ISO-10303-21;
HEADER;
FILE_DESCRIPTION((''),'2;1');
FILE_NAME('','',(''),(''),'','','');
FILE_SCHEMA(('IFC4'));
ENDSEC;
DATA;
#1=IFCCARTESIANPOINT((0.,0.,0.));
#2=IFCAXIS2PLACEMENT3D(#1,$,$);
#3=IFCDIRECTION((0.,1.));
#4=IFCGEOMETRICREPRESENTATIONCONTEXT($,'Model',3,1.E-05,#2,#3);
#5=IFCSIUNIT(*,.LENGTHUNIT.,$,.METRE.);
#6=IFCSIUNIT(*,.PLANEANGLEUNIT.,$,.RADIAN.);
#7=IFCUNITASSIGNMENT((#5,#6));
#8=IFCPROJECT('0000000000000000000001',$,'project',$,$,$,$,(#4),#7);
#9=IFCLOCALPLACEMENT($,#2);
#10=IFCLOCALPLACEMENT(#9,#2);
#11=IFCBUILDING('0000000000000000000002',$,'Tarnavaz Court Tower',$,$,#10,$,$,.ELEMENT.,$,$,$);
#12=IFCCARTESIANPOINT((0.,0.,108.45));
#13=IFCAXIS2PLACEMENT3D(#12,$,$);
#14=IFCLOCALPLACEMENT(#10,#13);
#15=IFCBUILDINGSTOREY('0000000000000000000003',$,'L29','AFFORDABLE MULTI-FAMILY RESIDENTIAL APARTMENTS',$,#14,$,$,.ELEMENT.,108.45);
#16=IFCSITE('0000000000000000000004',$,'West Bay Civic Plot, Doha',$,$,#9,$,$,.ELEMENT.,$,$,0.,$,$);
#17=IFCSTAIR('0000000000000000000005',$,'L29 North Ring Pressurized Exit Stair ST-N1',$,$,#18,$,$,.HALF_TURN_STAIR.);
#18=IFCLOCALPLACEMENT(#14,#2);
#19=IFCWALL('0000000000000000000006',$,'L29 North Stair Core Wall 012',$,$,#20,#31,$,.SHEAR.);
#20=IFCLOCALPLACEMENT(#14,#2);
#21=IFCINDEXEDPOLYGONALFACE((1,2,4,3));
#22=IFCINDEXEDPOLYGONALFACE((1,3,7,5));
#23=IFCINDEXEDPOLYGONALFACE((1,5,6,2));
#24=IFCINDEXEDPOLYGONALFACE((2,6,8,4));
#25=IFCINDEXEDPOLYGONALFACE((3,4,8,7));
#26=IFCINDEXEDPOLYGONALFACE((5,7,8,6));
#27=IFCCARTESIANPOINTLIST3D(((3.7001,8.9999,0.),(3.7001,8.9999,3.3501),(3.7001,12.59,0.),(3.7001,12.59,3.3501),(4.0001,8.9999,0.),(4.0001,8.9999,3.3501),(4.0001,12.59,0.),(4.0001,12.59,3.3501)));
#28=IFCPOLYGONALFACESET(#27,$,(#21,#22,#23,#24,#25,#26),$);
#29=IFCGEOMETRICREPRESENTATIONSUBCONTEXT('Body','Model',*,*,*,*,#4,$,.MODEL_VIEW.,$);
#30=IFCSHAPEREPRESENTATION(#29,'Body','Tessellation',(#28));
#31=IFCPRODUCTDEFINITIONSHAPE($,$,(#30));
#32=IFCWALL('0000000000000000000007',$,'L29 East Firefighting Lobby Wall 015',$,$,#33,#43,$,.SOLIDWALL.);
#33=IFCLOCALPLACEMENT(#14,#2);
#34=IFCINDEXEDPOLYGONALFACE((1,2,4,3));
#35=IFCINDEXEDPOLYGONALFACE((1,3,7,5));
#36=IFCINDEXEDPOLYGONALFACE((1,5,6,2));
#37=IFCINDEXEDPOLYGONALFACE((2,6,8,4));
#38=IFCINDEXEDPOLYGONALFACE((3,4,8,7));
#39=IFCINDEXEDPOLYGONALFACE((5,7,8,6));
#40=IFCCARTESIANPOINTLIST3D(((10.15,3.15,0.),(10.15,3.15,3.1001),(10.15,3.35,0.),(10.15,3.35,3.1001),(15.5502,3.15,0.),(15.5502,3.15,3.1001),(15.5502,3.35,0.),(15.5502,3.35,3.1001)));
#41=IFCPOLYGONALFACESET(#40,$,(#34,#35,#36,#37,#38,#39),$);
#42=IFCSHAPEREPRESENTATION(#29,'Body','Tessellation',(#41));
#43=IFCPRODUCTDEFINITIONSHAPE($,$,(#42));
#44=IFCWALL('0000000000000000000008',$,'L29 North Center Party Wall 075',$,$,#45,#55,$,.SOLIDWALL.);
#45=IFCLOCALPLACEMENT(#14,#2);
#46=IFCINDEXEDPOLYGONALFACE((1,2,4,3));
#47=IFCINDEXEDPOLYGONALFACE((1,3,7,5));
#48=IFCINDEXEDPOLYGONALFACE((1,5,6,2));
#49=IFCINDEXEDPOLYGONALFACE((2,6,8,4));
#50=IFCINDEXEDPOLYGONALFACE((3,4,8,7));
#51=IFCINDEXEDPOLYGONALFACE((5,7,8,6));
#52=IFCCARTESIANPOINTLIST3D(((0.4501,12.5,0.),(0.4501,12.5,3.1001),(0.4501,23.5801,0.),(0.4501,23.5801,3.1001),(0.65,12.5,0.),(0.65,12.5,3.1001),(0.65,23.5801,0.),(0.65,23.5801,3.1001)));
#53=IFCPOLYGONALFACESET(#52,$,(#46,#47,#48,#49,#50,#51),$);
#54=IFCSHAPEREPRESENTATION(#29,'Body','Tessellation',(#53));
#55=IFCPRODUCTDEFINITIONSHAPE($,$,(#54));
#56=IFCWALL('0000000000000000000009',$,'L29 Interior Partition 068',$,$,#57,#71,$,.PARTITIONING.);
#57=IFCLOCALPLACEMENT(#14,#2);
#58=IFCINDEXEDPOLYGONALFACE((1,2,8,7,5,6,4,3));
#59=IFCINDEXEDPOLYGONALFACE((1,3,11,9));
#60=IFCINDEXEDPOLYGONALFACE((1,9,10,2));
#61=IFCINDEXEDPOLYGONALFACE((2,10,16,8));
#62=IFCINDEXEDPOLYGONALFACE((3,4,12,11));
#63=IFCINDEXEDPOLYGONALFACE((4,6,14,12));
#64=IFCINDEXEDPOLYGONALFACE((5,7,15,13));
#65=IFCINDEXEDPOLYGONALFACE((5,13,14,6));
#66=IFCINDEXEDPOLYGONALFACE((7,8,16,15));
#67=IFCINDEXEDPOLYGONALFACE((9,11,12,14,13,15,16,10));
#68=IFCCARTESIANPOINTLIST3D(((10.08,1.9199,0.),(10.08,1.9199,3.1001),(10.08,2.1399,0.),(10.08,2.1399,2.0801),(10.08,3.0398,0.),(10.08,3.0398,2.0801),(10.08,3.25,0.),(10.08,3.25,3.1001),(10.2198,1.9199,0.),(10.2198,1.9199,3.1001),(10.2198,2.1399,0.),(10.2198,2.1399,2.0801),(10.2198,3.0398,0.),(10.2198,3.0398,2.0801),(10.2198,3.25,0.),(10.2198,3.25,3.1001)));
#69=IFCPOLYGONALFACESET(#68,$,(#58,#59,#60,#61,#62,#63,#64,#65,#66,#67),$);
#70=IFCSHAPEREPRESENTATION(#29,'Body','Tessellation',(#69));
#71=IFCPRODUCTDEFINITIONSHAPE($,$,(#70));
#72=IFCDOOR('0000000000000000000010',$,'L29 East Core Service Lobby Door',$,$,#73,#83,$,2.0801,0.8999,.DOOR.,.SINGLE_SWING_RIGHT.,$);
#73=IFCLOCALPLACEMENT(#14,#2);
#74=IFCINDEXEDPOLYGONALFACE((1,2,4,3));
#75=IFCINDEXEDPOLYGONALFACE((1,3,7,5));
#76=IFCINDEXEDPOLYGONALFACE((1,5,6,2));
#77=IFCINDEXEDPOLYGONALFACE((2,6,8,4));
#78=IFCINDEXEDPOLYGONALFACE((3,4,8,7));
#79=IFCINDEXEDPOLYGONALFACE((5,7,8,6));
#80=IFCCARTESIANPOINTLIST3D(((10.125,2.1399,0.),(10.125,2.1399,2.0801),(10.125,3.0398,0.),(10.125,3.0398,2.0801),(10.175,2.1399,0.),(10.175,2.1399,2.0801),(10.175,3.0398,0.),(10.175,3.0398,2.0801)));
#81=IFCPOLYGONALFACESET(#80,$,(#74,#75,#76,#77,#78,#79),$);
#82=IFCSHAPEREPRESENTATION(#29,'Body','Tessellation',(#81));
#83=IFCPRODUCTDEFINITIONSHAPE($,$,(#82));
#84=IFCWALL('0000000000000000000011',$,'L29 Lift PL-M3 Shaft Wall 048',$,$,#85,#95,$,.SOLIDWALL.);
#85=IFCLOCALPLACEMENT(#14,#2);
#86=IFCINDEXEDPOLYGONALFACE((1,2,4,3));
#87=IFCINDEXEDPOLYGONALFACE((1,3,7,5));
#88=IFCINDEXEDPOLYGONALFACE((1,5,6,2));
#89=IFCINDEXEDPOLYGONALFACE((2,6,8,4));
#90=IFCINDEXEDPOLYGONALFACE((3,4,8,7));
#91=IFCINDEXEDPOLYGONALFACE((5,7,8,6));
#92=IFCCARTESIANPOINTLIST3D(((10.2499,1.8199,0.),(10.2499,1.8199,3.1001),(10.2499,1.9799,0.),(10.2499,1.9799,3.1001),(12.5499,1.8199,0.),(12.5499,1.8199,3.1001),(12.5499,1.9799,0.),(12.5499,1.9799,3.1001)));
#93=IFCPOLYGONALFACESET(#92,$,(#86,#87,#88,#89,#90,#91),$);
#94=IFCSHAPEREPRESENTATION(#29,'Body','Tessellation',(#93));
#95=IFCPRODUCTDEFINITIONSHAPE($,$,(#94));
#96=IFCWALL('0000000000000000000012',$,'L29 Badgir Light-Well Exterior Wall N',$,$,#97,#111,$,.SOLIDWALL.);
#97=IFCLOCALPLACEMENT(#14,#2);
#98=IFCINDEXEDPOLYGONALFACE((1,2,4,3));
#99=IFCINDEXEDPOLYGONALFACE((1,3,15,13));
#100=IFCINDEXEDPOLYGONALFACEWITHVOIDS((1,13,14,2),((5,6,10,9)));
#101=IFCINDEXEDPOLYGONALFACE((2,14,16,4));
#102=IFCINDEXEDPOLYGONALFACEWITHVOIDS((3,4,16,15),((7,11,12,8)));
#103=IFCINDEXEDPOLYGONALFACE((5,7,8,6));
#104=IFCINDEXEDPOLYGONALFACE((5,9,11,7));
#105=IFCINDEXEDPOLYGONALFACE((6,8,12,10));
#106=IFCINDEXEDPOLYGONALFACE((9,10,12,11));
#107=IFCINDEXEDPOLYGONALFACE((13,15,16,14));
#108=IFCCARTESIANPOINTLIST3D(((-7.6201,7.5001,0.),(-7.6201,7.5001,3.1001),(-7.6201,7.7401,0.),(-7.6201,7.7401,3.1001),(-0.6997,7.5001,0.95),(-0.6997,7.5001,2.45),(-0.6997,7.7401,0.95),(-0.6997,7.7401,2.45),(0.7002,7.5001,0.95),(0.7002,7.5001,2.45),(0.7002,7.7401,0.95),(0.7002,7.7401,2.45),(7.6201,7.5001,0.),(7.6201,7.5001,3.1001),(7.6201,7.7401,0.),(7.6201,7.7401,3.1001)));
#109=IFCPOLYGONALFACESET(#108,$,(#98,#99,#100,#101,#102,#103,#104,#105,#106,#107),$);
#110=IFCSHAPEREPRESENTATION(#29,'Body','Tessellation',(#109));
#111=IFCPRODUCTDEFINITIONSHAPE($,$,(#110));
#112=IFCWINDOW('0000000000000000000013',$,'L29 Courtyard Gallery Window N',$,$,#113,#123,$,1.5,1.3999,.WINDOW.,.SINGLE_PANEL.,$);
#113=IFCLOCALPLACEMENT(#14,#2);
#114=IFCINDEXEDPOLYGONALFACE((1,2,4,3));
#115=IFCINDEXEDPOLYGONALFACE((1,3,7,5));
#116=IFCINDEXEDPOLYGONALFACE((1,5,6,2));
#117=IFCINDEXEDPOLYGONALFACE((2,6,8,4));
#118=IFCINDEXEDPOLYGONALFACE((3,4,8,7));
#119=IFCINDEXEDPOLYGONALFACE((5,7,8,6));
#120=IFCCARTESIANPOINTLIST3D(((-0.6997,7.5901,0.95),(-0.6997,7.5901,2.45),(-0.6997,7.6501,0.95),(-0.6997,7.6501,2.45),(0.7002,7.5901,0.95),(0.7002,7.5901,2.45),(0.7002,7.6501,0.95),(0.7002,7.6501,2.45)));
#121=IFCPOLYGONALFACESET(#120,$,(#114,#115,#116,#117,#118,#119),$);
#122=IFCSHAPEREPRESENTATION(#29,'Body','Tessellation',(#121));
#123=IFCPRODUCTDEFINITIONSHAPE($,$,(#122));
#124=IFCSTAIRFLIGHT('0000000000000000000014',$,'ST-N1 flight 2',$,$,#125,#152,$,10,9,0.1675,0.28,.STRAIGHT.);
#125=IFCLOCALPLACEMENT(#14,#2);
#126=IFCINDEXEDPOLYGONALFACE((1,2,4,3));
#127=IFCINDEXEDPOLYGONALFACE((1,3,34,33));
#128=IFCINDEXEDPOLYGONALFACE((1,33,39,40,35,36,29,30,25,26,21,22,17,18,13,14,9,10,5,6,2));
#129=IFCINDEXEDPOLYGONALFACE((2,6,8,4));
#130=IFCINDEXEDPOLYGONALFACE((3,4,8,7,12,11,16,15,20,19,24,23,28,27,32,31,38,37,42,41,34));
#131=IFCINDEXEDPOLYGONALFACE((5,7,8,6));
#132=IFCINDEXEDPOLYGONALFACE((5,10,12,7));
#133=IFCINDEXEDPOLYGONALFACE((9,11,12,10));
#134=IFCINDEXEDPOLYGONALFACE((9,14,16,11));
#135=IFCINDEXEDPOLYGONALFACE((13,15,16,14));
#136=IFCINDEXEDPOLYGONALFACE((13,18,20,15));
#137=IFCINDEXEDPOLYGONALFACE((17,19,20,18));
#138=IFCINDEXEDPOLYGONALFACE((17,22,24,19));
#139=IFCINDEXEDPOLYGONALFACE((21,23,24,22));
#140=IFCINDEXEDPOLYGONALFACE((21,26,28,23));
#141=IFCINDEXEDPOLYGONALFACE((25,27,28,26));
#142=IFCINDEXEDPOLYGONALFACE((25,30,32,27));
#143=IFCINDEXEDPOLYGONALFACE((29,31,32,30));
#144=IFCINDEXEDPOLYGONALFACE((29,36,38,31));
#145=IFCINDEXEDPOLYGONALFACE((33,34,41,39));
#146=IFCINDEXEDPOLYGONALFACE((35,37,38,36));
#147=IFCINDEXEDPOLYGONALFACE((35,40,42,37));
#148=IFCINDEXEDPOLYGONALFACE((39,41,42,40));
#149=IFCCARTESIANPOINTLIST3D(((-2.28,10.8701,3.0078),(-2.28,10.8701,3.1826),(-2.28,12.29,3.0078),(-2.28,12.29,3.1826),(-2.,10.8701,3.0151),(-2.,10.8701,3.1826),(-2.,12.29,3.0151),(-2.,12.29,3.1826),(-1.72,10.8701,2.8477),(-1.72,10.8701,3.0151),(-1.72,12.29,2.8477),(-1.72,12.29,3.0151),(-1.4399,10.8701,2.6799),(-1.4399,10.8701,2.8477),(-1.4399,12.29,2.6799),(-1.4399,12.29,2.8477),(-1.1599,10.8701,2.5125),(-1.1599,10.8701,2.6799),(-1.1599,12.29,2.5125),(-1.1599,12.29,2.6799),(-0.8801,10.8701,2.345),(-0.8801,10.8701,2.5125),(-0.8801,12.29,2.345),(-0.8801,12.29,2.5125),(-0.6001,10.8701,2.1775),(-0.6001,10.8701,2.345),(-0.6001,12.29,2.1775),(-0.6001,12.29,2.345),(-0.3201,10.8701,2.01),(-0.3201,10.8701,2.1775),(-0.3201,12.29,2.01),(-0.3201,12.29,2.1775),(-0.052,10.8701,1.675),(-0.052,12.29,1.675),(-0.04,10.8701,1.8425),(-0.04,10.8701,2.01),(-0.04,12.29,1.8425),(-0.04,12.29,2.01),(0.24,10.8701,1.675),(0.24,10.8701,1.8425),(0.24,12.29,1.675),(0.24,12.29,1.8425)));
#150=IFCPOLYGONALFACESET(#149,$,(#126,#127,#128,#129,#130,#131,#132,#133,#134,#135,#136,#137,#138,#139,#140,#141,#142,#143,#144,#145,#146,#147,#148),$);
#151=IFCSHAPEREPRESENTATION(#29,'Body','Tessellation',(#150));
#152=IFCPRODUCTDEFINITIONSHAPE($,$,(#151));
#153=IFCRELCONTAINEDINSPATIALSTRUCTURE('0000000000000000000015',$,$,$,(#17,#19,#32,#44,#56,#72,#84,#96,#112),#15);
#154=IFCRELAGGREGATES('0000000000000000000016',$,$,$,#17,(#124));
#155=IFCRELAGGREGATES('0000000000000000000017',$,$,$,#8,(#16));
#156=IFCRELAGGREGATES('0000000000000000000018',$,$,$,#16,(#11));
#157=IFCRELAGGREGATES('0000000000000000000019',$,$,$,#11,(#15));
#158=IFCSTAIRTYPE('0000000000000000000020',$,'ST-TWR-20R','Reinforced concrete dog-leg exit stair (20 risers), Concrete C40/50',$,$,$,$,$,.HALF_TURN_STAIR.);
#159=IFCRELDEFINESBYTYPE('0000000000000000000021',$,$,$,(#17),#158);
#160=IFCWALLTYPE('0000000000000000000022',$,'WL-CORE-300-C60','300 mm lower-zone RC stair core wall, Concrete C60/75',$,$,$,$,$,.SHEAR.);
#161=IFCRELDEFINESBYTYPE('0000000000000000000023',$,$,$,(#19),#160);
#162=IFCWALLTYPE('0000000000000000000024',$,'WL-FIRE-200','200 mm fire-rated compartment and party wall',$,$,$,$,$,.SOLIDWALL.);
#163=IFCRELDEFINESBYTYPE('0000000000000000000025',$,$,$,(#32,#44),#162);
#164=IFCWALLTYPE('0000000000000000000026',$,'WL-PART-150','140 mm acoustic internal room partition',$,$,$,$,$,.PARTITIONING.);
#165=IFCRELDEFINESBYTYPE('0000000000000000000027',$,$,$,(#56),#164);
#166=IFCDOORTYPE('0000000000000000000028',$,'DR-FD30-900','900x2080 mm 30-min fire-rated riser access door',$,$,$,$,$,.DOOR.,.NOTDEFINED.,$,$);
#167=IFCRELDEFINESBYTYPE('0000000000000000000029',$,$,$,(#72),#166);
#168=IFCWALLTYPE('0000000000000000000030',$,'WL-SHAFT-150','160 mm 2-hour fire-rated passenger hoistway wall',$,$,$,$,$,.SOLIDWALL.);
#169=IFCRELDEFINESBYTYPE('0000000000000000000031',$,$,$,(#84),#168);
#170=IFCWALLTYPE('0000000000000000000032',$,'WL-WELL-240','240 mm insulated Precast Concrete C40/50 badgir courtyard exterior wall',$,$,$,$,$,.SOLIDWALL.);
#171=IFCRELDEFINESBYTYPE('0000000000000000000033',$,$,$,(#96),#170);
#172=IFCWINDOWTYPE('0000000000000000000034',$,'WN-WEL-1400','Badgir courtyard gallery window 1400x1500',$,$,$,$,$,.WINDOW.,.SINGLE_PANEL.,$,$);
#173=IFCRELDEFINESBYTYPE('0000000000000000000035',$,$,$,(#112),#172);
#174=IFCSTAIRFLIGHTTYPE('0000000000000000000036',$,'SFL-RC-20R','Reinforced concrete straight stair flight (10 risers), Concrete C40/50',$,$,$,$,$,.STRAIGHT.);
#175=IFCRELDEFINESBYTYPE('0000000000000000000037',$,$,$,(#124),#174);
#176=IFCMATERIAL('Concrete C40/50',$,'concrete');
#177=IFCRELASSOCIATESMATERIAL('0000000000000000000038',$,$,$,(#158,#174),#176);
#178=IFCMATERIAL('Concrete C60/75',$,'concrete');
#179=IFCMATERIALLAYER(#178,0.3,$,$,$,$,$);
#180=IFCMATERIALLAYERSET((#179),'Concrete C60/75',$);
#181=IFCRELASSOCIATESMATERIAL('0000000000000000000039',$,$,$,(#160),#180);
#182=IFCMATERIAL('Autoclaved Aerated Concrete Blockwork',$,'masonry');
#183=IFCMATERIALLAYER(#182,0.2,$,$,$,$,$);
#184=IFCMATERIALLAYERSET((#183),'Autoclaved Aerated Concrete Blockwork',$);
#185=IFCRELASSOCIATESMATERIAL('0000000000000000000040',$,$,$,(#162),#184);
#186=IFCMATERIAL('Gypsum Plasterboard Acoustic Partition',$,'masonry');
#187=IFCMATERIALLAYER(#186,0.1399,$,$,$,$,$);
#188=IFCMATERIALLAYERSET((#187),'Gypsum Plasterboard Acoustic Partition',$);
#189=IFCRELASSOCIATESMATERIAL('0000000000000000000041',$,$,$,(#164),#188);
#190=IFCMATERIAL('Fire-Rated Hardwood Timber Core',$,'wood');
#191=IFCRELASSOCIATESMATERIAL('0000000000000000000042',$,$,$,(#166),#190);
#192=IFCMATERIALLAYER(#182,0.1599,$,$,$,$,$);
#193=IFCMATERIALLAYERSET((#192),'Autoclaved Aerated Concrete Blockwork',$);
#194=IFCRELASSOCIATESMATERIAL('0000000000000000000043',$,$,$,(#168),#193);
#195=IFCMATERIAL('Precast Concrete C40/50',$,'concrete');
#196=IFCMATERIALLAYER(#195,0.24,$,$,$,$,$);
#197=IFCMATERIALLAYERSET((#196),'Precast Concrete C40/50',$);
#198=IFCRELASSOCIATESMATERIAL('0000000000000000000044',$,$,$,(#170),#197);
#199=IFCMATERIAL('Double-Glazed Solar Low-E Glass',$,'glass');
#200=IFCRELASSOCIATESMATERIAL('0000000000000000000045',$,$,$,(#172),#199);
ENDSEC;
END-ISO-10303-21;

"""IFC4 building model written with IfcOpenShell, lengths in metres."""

from ifc_helpers import new_model, si_unit, direction, frame, frame_2d, origin, place, context, subcontext, project, spatial, polyline, rectangle, outline, extrude, material, layer, layer_set, type_object, element, fill, aggregate, save


model = new_model("IFC4")

# Units and contexts
model_context = context("Model", 3, precision=1e-05, world=origin(), true_north=direction((0.0, 1.0)))
body_context = subcontext(model_context, "Body", "Model", "MODEL_VIEW")
ifc_project = project(units=[si_unit("LENGTHUNIT", "METRE"), si_unit("PLANEANGLEUNIT", "RADIAN")], contexts=[model_context])

# Site, building, storey
site_placement = place(None, origin())
site = spatial("IfcSite", under=ifc_project, at=site_placement, Name="West Bay Civic Plot, Doha", CompositionType="ELEMENT", RefElevation=0.0)
building_placement = place(site_placement, origin())
building = spatial("IfcBuilding", under=site, at=building_placement, Name="Tarnavaz Court Tower", CompositionType="ELEMENT")
storey_placement = place(building_placement, frame((0.0, 0.0, 108.45)))
storey = spatial("IfcBuildingStorey", under=building, at=storey_placement, Name="L29", Description="AFFORDABLE MULTI-FAMILY RESIDENTIAL APARTMENTS", CompositionType="ELEMENT", Elevation=108.45)

# Shared definitions
ifc_material_1 = material(Name="Concrete C60/75", Category="concrete")

# Stair
ifc_material_2 = material(Name="Concrete C40/50", Category="concrete")
stair_type = type_object("IfcStairType", Name="ST-TWR-20R", Description="Reinforced concrete dog-leg exit stair (20 risers), Concrete C40/50", PredefinedType="HALF_TURN_STAIR", material=ifc_material_2)
stair_1_placement = place(storey_placement, origin())
stair_1 = element("IfcStair", 1, at=stair_1_placement, inside=storey, type_object=stair_type, Name="L29 North Ring Pressurized Exit Stair ST-N1", PredefinedType="HALF_TURN_STAIR")

# Shared definitions
ifc_layer_1 = layer(ifc_material_1, 0.3)
ifc_layer_set_1 = layer_set([ifc_layer_1], Name="Concrete C60/75")
wall_type_1 = type_object("IfcWallType", Name="WL-CORE-300-C60", Description="300 mm lower-zone RC stair core wall, Concrete C60/75", PredefinedType="SHEAR", material=ifc_layer_set_1)

# Shared definitions
ifc_material_3 = material(Name="Fire-Rated Hardwood Timber Core", Category="wood")

# Walls
wall_1_placement = place(storey_placement, frame((3.8501, 9.0, 0.0), z_axis=(0.0, 0.0, 1.0), x_axis=(0.0, 1.0, 0.0)))
element("IfcWall", 2, at=wall_1_placement, inside=storey, type_object=wall_type_1, Name="L29 North Stair Core Wall 012", PredefinedType="SHEAR", context=body_context, shape_type="SweptSolid", body=[
    extrude(rectangle(XDim=3.5901, YDim=0.3, at=frame_2d((1.7949, 0.0))), origin(), (0.0, 0.0, 1.0), 3.3501),
])
ifc_material_4 = material(Name="Autoclaved Aerated Concrete Blockwork", Category="masonry")
ifc_layer_2 = layer(ifc_material_4, 0.2)
ifc_layer_set_2 = layer_set([ifc_layer_2], Name="Autoclaved Aerated Concrete Blockwork")
wall_type_2 = type_object("IfcWallType", Name="WL-FIRE-200", Description="200 mm fire-rated compartment and party wall", PredefinedType="SOLIDWALL", material=ifc_layer_set_2)
wall_2_placement = place(storey_placement, frame((10.1499, 3.25, 0.0), z_axis=(0.0, 0.0, 1.0), x_axis=(1.0, 0.0, 0.0)))
element("IfcWall", 3, at=wall_2_placement, inside=storey, type_object=wall_type_2, Name="L29 East Firefighting Lobby Wall 015", PredefinedType="SOLIDWALL", context=body_context, shape_type="SweptSolid", body=[
    extrude(rectangle(XDim=5.4001, YDim=0.2, at=frame_2d((2.7002, 0.0))), origin(), (0.0, 0.0, 1.0), 3.1001),
])

# Wall
wall_3_placement = place(storey_placement, frame((0.55, 12.5, 0.0), z_axis=(0.0, 0.0, 1.0), x_axis=(0.0, 1.0, 0.0)))
element("IfcWall", 4, at=wall_3_placement, inside=storey, type_object=wall_type_2, Name="L29 North Center Party Wall 075", PredefinedType="SOLIDWALL", context=body_context, shape_type="SweptSolid", body=[
    extrude(rectangle(XDim=11.0801, YDim=0.2, at=frame_2d((5.54, 0.0))), origin(), (0.0, 0.0, 1.0), 3.1001),
])

# Wall, opening, door
ifc_material_5 = material(Name="Gypsum Plasterboard Acoustic Partition", Category="masonry")
ifc_layer_3 = layer(ifc_material_5, 0.1399)
ifc_layer_set_3 = layer_set([ifc_layer_3], Name="Gypsum Plasterboard Acoustic Partition")
wall_type_3 = type_object("IfcWallType", Name="WL-PART-150", Description="140 mm acoustic internal room partition", PredefinedType="PARTITIONING", material=ifc_layer_set_3)
wall_4_placement = place(storey_placement, frame((10.1499, 1.9199, 0.0), z_axis=(0.0, 0.0, 1.0), x_axis=(0.0, 1.0, 0.0)))
wall_4 = element("IfcWall", 5, at=wall_4_placement, inside=storey, type_object=wall_type_3, Name="L29 Interior Partition 068", PredefinedType="PARTITIONING", context=body_context, shape_type="SweptSolid", body=[
    extrude(rectangle(XDim=1.3301, YDim=0.1399, at=frame_2d((0.665, 0.0))), origin(), (0.0, 0.0, 1.0), 3.1001),
])
opening_1_placement = place(wall_4_placement, frame((0.22, 0.0, 0.0)))
opening_1 = element("IfcOpeningElement", 6, at=opening_1_placement, cuts=wall_4, PredefinedType="OPENING", context=body_context, shape_type="SweptSolid", body=[
    extrude(rectangle(XDim=0.8999, YDim=2.0801, at=frame_2d((0.45, 1.04))), frame((0.0, 0.0798, 0.0), z_axis=(0.0, -1.0, 0.0), x_axis=(1.0, 0.0, 0.0)), (0.0, 0.0, 1.0), 0.1599),
])
door_type_1 = type_object("IfcDoorType", Name="DR-FD30-900", Description="900x2080 mm 30-min fire-rated riser access door", OperationType="NOTDEFINED", PredefinedType="DOOR", material=ifc_material_3)
door_1_placement = place(opening_1_placement, origin())
door_1 = element("IfcDoor", 7, at=door_1_placement, inside=storey, type_object=door_type_1, Name="L29 East Core Service Lobby Door", OperationType="SINGLE_SWING_RIGHT", OverallHeight=2.0801, OverallWidth=0.8999, PredefinedType="DOOR", context=body_context, shape_type="SweptSolid", body=[
    extrude(rectangle(XDim=0.8999, YDim=2.0801, at=frame_2d((0.45, 1.04))), frame((0.0, 0.0249, 0.0), z_axis=(0.0, -1.0, 0.0), x_axis=(1.0, 0.0, 0.0)), (0.0, 0.0, 1.0), 0.05),
])
fill(opening_1, door_1)

# Wall
ifc_layer_4 = layer(ifc_material_4, 0.1599)
ifc_layer_set_4 = layer_set([ifc_layer_4], Name="Autoclaved Aerated Concrete Blockwork")
wall_type_4 = type_object("IfcWallType", Name="WL-SHAFT-150", Description="160 mm 2-hour fire-rated passenger hoistway wall", PredefinedType="SOLIDWALL", material=ifc_layer_set_4)
wall_5_placement = place(storey_placement, frame((10.25, 1.8999, 0.0), z_axis=(0.0, 0.0, 1.0), x_axis=(1.0, 0.0, 0.0)))
element("IfcWall", 8, at=wall_5_placement, inside=storey, type_object=wall_type_4, Name="L29 Lift PL-M3 Shaft Wall 048", PredefinedType="SOLIDWALL", context=body_context, shape_type="SweptSolid", body=[
    extrude(rectangle(XDim=2.3, YDim=0.1599, at=frame_2d((1.1499, 0.0))), origin(), (0.0, 0.0, 1.0), 3.1001),
])

# Wall, opening, window
ifc_material_6 = material(Name="Precast Concrete C40/50", Category="concrete")
ifc_layer_5 = layer(ifc_material_6, 0.24)
ifc_layer_set_5 = layer_set([ifc_layer_5], Name="Precast Concrete C40/50")
wall_type_5 = type_object("IfcWallType", Name="WL-WELL-240", Description="240 mm insulated Precast Concrete C40/50 badgir courtyard exterior wall", PredefinedType="SOLIDWALL", material=ifc_layer_set_5)
wall_6_placement = place(storey_placement, frame((7.6201, 7.6201, 0.0), z_axis=(0.0, 0.0, 1.0), x_axis=(-1.0, 0.0, 0.0)))
wall_6 = element("IfcWall", 9, at=wall_6_placement, inside=storey, type_object=wall_type_5, Name="L29 Badgir Light-Well Exterior Wall N", PredefinedType="SOLIDWALL", context=body_context, shape_type="SweptSolid", body=[
    extrude(rectangle(XDim=15.2402, YDim=0.24, at=frame_2d((7.6201, 0.0))), origin(), (0.0, 0.0, 1.0), 3.1001),
])
opening_2_placement = place(wall_6_placement, frame((6.9199, 0.0, 0.95)))
opening_2 = element("IfcOpeningElement", 10, at=opening_2_placement, cuts=wall_6, PredefinedType="OPENING", context=body_context, shape_type="SweptSolid", body=[
    extrude(rectangle(XDim=1.3999, YDim=1.5, at=frame_2d((0.7, 0.75))), frame((0.0, 0.1299, 0.0), z_axis=(0.0, -1.0, 0.0), x_axis=(1.0, 0.0, 0.0)), (0.0, 0.0, 1.0), 0.26),
])
ifc_material_7 = material(Name="Double-Glazed Solar Low-E Glass", Category="glass")
window_type = type_object("IfcWindowType", Name="WN-WEL-1400", Description="Badgir courtyard gallery window 1400x1500", PartitioningType="SINGLE_PANEL", PredefinedType="WINDOW", material=ifc_material_7)
window_placement = place(opening_2_placement, origin())
window = element("IfcWindow", 11, at=window_placement, inside=storey, type_object=window_type, Name="L29 Courtyard Gallery Window N", OverallHeight=1.5, OverallWidth=1.3999, PartitioningType="SINGLE_PANEL", PredefinedType="WINDOW", context=body_context, shape_type="SweptSolid", body=[
    extrude(rectangle(XDim=1.3999, YDim=1.5, at=frame_2d((0.7, 0.75))), frame((0.0, 0.03, 0.0), z_axis=(0.0, -1.0, 0.0), x_axis=(1.0, 0.0, 0.0)), (0.0, 0.0, 1.0), 0.0601),
])
fill(opening_2, window)

# Stair flight
stair_flight_type = type_object("IfcStairFlightType", Name="SFL-RC-20R", Description="Reinforced concrete straight stair flight (10 risers), Concrete C40/50", PredefinedType="STRAIGHT", material=ifc_material_2)
stair_flight_placement = place(storey_placement, frame((0.24, 11.5801, 1.675), z_axis=(0.0, 0.0, 1.0), x_axis=(-1.0, 0.0, 0.0)))
stair_flight = element("IfcStairFlight", 12, at=stair_flight_placement, type_object=stair_flight_type, Name="ST-N1 flight 2", NumberOfRisers=10, NumberOfTreads=9, PredefinedType="STRAIGHT", RiserHeight=0.1675, TreadLength=0.28, context=body_context, shape_type="SweptSolid", body=[
    extrude(outline(polyline([(0.0, 0.0), (0.0, 0.1675), (0.28, 0.1675), (0.28, 0.335), (0.5601, 0.335), (0.5601, 0.5024), (0.8401, 0.5024), (0.8401, 0.6699), (1.1201, 0.6699), (1.1201, 0.8374), (1.3999, 0.8374), (1.3999, 1.0049), (1.6799, 1.0049), (1.6799, 1.1726), (1.96, 1.1726), (1.96, 1.3401), (2.24, 1.3401), (2.24, 1.5076), (2.52, 1.5076), (2.52, 1.675), (2.52, 1.3328), (0.292, 0.0), (0.0, 0.0)])), frame((0.0, 0.71, 0.0), z_axis=(0.0, -1.0, 0.0), x_axis=(1.0, 0.0, 0.0)), (0.0, 0.0, 1.0), 1.4199),
])
aggregate(stair_1, [stair_flight])

save(model, "model.ifc")
